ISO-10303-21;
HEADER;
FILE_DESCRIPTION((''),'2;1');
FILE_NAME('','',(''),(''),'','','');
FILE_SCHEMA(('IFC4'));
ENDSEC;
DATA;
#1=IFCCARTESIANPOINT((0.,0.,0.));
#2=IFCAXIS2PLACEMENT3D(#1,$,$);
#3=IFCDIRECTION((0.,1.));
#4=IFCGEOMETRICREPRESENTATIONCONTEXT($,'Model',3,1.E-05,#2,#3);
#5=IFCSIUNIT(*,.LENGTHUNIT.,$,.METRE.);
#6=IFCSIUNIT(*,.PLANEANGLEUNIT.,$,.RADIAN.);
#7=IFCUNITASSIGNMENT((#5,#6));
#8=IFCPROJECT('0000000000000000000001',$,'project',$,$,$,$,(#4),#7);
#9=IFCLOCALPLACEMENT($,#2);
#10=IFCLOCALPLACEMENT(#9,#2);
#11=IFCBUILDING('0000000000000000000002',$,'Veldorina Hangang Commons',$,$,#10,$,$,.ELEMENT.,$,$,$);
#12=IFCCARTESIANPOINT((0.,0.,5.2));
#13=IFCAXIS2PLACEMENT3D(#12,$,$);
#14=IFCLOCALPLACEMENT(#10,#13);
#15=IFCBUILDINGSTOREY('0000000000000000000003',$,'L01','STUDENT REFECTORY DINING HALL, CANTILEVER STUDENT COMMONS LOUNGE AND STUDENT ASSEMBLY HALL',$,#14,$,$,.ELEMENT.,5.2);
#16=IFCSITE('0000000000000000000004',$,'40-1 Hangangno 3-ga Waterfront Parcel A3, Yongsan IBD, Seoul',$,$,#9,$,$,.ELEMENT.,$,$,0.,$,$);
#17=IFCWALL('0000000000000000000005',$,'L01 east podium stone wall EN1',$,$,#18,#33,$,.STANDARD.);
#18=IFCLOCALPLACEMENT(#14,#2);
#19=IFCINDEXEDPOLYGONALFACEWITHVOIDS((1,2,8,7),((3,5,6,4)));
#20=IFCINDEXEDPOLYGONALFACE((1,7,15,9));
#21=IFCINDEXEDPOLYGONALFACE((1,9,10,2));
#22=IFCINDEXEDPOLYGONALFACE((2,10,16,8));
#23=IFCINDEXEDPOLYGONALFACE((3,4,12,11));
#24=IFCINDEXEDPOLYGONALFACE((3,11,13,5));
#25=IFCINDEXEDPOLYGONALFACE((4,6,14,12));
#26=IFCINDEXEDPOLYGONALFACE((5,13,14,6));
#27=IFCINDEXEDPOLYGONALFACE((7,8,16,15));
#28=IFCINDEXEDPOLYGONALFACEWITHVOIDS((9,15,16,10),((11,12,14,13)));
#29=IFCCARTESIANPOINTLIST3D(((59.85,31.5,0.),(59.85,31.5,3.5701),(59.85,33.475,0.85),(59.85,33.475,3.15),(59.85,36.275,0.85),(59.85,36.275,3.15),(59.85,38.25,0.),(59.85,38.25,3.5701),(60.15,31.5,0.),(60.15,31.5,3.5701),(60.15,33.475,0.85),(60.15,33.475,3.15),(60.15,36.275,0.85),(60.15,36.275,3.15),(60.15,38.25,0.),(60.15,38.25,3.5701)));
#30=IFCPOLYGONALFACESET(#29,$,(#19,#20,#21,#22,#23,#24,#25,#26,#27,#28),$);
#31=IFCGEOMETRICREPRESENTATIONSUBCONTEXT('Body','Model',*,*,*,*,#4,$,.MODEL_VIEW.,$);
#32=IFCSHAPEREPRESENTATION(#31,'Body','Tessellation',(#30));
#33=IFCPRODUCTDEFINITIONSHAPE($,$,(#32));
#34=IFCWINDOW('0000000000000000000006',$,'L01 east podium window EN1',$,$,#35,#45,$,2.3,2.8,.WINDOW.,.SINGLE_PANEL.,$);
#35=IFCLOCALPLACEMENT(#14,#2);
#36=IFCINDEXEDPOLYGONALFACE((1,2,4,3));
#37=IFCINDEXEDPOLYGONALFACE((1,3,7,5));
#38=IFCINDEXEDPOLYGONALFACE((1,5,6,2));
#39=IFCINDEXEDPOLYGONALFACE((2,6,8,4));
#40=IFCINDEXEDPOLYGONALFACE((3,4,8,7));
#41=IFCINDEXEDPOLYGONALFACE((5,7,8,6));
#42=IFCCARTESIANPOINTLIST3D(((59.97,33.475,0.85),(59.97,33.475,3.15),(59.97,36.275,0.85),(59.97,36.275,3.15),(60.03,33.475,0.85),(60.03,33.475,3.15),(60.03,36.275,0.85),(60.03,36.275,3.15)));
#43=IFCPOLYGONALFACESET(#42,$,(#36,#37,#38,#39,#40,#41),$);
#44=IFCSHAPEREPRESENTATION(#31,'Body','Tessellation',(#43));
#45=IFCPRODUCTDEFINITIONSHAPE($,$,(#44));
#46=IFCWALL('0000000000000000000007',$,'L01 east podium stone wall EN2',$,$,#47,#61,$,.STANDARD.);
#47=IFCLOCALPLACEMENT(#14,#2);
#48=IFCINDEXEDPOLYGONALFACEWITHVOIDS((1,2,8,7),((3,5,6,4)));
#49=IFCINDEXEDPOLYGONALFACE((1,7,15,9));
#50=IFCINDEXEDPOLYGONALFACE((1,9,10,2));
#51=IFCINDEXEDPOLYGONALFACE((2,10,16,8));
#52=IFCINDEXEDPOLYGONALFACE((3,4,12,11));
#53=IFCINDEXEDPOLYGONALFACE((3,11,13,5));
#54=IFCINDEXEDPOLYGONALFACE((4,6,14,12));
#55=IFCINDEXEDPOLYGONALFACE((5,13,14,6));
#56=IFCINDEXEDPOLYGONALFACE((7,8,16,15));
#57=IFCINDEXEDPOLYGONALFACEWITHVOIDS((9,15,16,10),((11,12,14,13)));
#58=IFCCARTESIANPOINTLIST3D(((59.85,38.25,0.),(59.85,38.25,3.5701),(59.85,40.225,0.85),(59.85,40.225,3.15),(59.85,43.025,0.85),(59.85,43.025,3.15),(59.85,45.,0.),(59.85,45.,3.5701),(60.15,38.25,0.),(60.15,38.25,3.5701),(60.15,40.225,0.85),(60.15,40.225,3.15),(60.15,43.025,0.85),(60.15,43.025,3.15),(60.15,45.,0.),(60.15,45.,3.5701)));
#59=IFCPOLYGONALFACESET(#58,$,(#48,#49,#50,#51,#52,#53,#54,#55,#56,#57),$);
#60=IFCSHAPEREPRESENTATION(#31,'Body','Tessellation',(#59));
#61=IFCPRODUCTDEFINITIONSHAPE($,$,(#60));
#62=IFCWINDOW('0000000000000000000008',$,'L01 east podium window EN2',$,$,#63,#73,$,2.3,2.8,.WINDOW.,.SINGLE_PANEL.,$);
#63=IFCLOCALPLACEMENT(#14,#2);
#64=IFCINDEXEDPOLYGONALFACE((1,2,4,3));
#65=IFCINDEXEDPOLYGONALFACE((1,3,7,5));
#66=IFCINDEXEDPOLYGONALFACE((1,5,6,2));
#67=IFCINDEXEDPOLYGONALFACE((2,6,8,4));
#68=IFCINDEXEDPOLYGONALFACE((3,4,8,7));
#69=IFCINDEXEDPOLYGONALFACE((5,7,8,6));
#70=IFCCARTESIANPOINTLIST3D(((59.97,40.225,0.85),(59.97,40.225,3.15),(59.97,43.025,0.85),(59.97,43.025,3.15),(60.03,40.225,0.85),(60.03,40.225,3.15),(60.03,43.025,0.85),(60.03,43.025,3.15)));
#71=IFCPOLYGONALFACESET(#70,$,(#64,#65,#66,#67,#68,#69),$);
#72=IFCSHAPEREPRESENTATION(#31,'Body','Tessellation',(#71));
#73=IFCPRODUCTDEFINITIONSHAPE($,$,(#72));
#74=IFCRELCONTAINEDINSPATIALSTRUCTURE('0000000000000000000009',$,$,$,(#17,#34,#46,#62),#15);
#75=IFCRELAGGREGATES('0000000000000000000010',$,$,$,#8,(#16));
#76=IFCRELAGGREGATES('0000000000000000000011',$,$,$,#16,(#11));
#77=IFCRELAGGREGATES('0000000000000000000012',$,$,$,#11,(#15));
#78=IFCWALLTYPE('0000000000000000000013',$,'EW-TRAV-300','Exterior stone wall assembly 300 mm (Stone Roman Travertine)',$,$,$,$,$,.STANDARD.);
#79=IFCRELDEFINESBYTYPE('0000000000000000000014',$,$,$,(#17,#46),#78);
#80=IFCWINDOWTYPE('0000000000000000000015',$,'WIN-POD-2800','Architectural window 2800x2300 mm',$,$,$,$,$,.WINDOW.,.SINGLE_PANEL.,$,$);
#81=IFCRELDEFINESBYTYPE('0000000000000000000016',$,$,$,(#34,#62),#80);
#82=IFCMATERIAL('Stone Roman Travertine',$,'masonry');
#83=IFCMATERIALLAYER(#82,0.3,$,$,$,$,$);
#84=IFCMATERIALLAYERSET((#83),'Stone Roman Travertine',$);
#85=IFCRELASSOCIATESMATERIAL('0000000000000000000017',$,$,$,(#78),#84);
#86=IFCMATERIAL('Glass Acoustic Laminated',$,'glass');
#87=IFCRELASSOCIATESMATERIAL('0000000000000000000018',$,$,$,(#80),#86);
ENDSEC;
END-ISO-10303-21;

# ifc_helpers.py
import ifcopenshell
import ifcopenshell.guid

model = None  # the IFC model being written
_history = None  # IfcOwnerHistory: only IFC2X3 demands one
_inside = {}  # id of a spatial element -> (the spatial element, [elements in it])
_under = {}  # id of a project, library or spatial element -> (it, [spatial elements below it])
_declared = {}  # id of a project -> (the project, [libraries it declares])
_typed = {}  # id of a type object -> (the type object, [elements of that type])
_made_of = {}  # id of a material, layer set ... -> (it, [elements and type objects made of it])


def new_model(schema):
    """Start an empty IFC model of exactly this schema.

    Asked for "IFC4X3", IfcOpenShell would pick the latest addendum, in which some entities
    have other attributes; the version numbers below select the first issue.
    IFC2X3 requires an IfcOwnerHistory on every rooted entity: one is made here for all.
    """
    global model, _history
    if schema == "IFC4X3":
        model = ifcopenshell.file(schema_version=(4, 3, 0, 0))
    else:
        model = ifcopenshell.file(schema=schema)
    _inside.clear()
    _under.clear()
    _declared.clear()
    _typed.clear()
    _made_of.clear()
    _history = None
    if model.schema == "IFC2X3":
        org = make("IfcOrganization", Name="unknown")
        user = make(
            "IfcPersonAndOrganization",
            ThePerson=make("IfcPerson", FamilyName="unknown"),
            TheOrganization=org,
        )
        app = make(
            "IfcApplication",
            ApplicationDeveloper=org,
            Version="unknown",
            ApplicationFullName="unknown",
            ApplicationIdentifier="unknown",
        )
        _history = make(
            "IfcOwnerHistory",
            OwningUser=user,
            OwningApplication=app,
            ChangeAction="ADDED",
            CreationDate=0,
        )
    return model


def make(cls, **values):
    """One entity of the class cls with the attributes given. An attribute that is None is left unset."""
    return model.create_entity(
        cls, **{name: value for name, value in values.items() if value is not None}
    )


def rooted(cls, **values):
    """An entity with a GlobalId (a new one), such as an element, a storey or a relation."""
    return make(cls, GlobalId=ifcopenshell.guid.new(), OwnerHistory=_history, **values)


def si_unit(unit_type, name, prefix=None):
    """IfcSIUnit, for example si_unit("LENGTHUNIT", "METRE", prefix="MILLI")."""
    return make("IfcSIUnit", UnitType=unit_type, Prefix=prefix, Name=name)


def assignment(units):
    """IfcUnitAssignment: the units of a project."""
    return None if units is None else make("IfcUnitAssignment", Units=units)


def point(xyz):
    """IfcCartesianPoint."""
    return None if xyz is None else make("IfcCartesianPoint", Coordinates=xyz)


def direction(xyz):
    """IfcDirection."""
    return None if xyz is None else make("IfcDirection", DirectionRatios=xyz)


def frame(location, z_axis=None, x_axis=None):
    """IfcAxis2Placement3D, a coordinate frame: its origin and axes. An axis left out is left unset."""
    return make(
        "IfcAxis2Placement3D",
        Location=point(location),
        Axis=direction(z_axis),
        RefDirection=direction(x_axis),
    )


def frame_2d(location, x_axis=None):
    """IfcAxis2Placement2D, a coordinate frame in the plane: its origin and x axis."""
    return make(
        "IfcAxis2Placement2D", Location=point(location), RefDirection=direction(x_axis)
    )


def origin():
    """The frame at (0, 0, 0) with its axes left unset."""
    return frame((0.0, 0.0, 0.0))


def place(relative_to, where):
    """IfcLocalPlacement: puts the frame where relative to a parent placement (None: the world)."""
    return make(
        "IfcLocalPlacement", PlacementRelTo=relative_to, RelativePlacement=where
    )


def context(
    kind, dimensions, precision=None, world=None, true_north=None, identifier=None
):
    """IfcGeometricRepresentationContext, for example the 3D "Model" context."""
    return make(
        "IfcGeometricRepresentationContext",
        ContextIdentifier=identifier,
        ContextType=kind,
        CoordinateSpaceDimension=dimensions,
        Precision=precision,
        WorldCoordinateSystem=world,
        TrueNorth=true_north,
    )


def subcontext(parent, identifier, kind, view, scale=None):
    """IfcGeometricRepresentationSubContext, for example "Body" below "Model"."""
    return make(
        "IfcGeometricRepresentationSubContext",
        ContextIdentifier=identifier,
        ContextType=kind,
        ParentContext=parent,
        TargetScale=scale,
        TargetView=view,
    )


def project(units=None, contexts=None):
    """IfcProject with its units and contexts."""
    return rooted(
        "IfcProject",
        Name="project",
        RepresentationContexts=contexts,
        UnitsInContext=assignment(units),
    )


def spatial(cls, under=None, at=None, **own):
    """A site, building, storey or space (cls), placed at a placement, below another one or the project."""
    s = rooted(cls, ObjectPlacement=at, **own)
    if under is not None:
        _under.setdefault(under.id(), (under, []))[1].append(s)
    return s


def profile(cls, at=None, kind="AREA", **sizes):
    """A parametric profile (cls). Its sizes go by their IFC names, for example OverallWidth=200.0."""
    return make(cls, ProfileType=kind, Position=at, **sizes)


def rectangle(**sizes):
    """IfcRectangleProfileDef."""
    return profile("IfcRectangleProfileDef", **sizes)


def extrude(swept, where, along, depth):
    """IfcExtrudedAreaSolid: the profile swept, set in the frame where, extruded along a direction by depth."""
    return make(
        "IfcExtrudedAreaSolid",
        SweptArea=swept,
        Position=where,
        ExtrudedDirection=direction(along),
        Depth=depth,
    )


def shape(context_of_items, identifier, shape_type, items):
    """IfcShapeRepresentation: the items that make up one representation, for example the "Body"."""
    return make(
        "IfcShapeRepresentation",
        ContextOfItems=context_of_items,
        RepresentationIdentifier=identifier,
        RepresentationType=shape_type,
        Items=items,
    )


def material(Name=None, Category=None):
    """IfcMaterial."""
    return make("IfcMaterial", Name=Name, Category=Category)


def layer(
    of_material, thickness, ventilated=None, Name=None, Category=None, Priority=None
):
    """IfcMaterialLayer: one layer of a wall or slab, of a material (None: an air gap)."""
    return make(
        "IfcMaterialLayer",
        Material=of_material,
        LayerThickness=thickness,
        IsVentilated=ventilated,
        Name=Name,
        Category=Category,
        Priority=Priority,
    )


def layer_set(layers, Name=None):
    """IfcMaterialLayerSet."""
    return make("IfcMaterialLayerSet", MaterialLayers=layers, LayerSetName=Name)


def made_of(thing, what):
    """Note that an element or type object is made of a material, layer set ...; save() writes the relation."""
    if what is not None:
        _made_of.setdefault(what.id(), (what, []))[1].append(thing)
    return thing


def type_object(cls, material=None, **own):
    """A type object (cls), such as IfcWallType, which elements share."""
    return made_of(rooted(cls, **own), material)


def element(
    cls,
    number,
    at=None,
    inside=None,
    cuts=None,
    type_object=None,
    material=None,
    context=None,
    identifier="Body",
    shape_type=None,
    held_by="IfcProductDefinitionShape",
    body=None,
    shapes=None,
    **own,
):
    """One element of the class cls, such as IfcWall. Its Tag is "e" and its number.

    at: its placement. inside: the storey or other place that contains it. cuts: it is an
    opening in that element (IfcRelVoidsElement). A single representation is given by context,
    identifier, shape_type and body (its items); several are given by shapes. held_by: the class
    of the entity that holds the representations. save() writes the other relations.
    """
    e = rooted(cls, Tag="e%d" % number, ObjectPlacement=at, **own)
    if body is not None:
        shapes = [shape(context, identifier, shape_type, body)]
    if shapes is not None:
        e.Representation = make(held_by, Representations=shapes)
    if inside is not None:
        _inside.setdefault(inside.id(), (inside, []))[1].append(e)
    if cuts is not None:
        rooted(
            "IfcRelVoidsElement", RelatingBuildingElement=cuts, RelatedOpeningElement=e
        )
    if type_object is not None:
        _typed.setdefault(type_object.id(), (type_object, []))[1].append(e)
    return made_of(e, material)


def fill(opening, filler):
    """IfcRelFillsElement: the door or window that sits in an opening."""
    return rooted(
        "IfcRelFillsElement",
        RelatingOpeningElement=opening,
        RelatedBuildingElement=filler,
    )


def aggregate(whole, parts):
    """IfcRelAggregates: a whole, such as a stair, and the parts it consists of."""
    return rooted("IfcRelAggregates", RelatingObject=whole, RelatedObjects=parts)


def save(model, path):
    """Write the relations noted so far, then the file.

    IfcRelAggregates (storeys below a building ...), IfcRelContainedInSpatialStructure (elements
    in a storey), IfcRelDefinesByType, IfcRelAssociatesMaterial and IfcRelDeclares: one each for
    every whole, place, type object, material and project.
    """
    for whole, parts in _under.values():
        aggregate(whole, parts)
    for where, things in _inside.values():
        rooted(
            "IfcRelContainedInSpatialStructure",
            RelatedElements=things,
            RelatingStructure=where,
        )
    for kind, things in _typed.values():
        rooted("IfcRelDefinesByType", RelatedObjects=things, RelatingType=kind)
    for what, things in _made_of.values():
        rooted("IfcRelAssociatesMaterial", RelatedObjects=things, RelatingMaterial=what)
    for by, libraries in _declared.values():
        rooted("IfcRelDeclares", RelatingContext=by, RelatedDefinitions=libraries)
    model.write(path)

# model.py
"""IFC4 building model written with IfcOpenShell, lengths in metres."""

from ifc_helpers import new_model, si_unit, direction, frame, frame_2d, origin, place, context, subcontext, project, spatial, rectangle, extrude, material, layer, layer_set, type_object, element, fill, save


model = new_model("IFC4")

# Units and contexts
model_context = context("Model", 3, precision=1e-05, world=origin(), true_north=direction((0.0, 1.0)))
body_context = subcontext(model_context, "Body", "Model", "MODEL_VIEW")
ifc_project = project(units=[si_unit("LENGTHUNIT", "METRE"), si_unit("PLANEANGLEUNIT", "RADIAN")], contexts=[model_context])

# Site, building, storey
site_placement = place(None, origin())
site = spatial("IfcSite", under=ifc_project, at=site_placement, Name="40-1 Hangangno 3-ga Waterfront Parcel A3, Yongsan IBD, Seoul", CompositionType="ELEMENT", RefElevation=0.0)
building_placement = place(site_placement, origin())
building = spatial("IfcBuilding", under=site, at=building_placement, Name="Veldorina Hangang Commons", CompositionType="ELEMENT")
storey_placement = place(building_placement, frame((0.0, 0.0, 5.2)))
storey = spatial("IfcBuildingStorey", under=building, at=storey_placement, Name="L01", Description="STUDENT REFECTORY DINING HALL, CANTILEVER STUDENT COMMONS LOUNGE AND STUDENT ASSEMBLY HALL", CompositionType="ELEMENT", Elevation=5.2)

# Shared definitions
ifc_material_1 = material(Name="Stone Roman Travertine", Category="masonry")

# Shared definitions
ifc_layer_1 = layer(ifc_material_1, 0.3)
ifc_layer_set_1 = layer_set([ifc_layer_1], Name="Stone Roman Travertine")
wall_type = type_object("IfcWallType", Name="EW-TRAV-300", Description="Exterior stone wall assembly 300 mm (Stone Roman Travertine)", PredefinedType="STANDARD", material=ifc_layer_set_1)

# Walls, openings, windows
wall_1_placement = place(storey_placement, frame((60.0, 31.5, 0.0), z_axis=(0.0, 0.0, 1.0), x_axis=(0.0, 1.0, 0.0)))
wall_1 = element("IfcWall", 1, at=wall_1_placement, inside=storey, type_object=wall_type, Name="L01 east podium stone wall EN1", PredefinedType="STANDARD", context=body_context, shape_type="SweptSolid", body=[
    extrude(rectangle(XDim=6.75, YDim=0.3, at=frame_2d((3.375, 0.0))), origin(), (0.0, 0.0, 1.0), 3.5701),
])
opening_1_placement = place(wall_1_placement, frame((1.9751, 0.0, 0.8501)))
opening_1 = element("IfcOpeningElement", 2, at=opening_1_placement, cuts=wall_1, PredefinedType="OPENING", context=body_context, shape_type="SweptSolid", body=[
    extrude(rectangle(XDim=2.8, YDim=2.3, at=frame_2d((1.3999, 1.1499))), frame((0.0, 0.1602, 0.0), z_axis=(0.0, -1.0, 0.0), x_axis=(1.0, 0.0, 0.0)), (0.0, 0.0, 1.0), 0.3201),
])
ifc_material_2 = material(Name="Glass Acoustic Laminated", Category="glass")
window_type = type_object("IfcWindowType", Name="WIN-POD-2800", Description="Architectural window 2800x2300 mm", PartitioningType="SINGLE_PANEL", PredefinedType="WINDOW", material=ifc_material_2)
window_1_placement = place(opening_1_placement, origin())
window_1 = element("IfcWindow", 3, at=window_1_placement, inside=storey, type_object=window_type, Name="L01 east podium window EN1", OverallHeight=2.3, OverallWidth=2.8, PartitioningType="SINGLE_PANEL", PredefinedType="WINDOW", context=body_context, shape_type="SweptSolid", body=[
    extrude(rectangle(XDim=2.8, YDim=2.3, at=frame_2d((1.3999, 1.1499))), frame((0.0, 0.03, 0.0), z_axis=(0.0, -1.0, 0.0), x_axis=(1.0, 0.0, 0.0)), (0.0, 0.0, 1.0), 0.0601),
])
fill(opening_1, window_1)
wall_2_placement = place(storey_placement, frame((60.0, 38.25, 0.0), z_axis=(0.0, 0.0, 1.0), x_axis=(0.0, 1.0, 0.0)))
wall_2 = element("IfcWall", 4, at=wall_2_placement, inside=storey, type_object=wall_type, Name="L01 east podium stone wall EN2", PredefinedType="STANDARD", context=body_context, shape_type="SweptSolid", body=[
    extrude(rectangle(XDim=6.75, YDim=0.3, at=frame_2d((3.375, 0.0))), origin(), (0.0, 0.0, 1.0), 3.5701),
])
opening_2_placement = place(wall_2_placement, frame((1.9751, 0.0, 0.8501)))
opening_2 = element("IfcOpeningElement", 5, at=opening_2_placement, cuts=wall_2, PredefinedType="OPENING", context=body_context, shape_type="SweptSolid", body=[
    extrude(rectangle(XDim=2.8, YDim=2.3, at=frame_2d((1.3999, 1.1499))), frame((0.0, 0.1602, 0.0), z_axis=(0.0, -1.0, 0.0), x_axis=(1.0, 0.0, 0.0)), (0.0, 0.0, 1.0), 0.3201),
])
window_2_placement = place(opening_2_placement, origin())
window_2 = element("IfcWindow", 6, at=window_2_placement, inside=storey, type_object=window_type, Name="L01 east podium window EN2", OverallHeight=2.3, OverallWidth=2.8, PartitioningType="SINGLE_PANEL", PredefinedType="WINDOW", context=body_context, shape_type="SweptSolid", body=[
    extrude(rectangle(XDim=2.8, YDim=2.3, at=frame_2d((1.3999, 1.1499))), frame((0.0, 0.03, 0.0), z_axis=(0.0, -1.0, 0.0), x_axis=(1.0, 0.0, 0.0)), (0.0, 0.0, 1.0), 0.0601),
])
fill(opening_2, window_2)

save(model, "model.ifc")
